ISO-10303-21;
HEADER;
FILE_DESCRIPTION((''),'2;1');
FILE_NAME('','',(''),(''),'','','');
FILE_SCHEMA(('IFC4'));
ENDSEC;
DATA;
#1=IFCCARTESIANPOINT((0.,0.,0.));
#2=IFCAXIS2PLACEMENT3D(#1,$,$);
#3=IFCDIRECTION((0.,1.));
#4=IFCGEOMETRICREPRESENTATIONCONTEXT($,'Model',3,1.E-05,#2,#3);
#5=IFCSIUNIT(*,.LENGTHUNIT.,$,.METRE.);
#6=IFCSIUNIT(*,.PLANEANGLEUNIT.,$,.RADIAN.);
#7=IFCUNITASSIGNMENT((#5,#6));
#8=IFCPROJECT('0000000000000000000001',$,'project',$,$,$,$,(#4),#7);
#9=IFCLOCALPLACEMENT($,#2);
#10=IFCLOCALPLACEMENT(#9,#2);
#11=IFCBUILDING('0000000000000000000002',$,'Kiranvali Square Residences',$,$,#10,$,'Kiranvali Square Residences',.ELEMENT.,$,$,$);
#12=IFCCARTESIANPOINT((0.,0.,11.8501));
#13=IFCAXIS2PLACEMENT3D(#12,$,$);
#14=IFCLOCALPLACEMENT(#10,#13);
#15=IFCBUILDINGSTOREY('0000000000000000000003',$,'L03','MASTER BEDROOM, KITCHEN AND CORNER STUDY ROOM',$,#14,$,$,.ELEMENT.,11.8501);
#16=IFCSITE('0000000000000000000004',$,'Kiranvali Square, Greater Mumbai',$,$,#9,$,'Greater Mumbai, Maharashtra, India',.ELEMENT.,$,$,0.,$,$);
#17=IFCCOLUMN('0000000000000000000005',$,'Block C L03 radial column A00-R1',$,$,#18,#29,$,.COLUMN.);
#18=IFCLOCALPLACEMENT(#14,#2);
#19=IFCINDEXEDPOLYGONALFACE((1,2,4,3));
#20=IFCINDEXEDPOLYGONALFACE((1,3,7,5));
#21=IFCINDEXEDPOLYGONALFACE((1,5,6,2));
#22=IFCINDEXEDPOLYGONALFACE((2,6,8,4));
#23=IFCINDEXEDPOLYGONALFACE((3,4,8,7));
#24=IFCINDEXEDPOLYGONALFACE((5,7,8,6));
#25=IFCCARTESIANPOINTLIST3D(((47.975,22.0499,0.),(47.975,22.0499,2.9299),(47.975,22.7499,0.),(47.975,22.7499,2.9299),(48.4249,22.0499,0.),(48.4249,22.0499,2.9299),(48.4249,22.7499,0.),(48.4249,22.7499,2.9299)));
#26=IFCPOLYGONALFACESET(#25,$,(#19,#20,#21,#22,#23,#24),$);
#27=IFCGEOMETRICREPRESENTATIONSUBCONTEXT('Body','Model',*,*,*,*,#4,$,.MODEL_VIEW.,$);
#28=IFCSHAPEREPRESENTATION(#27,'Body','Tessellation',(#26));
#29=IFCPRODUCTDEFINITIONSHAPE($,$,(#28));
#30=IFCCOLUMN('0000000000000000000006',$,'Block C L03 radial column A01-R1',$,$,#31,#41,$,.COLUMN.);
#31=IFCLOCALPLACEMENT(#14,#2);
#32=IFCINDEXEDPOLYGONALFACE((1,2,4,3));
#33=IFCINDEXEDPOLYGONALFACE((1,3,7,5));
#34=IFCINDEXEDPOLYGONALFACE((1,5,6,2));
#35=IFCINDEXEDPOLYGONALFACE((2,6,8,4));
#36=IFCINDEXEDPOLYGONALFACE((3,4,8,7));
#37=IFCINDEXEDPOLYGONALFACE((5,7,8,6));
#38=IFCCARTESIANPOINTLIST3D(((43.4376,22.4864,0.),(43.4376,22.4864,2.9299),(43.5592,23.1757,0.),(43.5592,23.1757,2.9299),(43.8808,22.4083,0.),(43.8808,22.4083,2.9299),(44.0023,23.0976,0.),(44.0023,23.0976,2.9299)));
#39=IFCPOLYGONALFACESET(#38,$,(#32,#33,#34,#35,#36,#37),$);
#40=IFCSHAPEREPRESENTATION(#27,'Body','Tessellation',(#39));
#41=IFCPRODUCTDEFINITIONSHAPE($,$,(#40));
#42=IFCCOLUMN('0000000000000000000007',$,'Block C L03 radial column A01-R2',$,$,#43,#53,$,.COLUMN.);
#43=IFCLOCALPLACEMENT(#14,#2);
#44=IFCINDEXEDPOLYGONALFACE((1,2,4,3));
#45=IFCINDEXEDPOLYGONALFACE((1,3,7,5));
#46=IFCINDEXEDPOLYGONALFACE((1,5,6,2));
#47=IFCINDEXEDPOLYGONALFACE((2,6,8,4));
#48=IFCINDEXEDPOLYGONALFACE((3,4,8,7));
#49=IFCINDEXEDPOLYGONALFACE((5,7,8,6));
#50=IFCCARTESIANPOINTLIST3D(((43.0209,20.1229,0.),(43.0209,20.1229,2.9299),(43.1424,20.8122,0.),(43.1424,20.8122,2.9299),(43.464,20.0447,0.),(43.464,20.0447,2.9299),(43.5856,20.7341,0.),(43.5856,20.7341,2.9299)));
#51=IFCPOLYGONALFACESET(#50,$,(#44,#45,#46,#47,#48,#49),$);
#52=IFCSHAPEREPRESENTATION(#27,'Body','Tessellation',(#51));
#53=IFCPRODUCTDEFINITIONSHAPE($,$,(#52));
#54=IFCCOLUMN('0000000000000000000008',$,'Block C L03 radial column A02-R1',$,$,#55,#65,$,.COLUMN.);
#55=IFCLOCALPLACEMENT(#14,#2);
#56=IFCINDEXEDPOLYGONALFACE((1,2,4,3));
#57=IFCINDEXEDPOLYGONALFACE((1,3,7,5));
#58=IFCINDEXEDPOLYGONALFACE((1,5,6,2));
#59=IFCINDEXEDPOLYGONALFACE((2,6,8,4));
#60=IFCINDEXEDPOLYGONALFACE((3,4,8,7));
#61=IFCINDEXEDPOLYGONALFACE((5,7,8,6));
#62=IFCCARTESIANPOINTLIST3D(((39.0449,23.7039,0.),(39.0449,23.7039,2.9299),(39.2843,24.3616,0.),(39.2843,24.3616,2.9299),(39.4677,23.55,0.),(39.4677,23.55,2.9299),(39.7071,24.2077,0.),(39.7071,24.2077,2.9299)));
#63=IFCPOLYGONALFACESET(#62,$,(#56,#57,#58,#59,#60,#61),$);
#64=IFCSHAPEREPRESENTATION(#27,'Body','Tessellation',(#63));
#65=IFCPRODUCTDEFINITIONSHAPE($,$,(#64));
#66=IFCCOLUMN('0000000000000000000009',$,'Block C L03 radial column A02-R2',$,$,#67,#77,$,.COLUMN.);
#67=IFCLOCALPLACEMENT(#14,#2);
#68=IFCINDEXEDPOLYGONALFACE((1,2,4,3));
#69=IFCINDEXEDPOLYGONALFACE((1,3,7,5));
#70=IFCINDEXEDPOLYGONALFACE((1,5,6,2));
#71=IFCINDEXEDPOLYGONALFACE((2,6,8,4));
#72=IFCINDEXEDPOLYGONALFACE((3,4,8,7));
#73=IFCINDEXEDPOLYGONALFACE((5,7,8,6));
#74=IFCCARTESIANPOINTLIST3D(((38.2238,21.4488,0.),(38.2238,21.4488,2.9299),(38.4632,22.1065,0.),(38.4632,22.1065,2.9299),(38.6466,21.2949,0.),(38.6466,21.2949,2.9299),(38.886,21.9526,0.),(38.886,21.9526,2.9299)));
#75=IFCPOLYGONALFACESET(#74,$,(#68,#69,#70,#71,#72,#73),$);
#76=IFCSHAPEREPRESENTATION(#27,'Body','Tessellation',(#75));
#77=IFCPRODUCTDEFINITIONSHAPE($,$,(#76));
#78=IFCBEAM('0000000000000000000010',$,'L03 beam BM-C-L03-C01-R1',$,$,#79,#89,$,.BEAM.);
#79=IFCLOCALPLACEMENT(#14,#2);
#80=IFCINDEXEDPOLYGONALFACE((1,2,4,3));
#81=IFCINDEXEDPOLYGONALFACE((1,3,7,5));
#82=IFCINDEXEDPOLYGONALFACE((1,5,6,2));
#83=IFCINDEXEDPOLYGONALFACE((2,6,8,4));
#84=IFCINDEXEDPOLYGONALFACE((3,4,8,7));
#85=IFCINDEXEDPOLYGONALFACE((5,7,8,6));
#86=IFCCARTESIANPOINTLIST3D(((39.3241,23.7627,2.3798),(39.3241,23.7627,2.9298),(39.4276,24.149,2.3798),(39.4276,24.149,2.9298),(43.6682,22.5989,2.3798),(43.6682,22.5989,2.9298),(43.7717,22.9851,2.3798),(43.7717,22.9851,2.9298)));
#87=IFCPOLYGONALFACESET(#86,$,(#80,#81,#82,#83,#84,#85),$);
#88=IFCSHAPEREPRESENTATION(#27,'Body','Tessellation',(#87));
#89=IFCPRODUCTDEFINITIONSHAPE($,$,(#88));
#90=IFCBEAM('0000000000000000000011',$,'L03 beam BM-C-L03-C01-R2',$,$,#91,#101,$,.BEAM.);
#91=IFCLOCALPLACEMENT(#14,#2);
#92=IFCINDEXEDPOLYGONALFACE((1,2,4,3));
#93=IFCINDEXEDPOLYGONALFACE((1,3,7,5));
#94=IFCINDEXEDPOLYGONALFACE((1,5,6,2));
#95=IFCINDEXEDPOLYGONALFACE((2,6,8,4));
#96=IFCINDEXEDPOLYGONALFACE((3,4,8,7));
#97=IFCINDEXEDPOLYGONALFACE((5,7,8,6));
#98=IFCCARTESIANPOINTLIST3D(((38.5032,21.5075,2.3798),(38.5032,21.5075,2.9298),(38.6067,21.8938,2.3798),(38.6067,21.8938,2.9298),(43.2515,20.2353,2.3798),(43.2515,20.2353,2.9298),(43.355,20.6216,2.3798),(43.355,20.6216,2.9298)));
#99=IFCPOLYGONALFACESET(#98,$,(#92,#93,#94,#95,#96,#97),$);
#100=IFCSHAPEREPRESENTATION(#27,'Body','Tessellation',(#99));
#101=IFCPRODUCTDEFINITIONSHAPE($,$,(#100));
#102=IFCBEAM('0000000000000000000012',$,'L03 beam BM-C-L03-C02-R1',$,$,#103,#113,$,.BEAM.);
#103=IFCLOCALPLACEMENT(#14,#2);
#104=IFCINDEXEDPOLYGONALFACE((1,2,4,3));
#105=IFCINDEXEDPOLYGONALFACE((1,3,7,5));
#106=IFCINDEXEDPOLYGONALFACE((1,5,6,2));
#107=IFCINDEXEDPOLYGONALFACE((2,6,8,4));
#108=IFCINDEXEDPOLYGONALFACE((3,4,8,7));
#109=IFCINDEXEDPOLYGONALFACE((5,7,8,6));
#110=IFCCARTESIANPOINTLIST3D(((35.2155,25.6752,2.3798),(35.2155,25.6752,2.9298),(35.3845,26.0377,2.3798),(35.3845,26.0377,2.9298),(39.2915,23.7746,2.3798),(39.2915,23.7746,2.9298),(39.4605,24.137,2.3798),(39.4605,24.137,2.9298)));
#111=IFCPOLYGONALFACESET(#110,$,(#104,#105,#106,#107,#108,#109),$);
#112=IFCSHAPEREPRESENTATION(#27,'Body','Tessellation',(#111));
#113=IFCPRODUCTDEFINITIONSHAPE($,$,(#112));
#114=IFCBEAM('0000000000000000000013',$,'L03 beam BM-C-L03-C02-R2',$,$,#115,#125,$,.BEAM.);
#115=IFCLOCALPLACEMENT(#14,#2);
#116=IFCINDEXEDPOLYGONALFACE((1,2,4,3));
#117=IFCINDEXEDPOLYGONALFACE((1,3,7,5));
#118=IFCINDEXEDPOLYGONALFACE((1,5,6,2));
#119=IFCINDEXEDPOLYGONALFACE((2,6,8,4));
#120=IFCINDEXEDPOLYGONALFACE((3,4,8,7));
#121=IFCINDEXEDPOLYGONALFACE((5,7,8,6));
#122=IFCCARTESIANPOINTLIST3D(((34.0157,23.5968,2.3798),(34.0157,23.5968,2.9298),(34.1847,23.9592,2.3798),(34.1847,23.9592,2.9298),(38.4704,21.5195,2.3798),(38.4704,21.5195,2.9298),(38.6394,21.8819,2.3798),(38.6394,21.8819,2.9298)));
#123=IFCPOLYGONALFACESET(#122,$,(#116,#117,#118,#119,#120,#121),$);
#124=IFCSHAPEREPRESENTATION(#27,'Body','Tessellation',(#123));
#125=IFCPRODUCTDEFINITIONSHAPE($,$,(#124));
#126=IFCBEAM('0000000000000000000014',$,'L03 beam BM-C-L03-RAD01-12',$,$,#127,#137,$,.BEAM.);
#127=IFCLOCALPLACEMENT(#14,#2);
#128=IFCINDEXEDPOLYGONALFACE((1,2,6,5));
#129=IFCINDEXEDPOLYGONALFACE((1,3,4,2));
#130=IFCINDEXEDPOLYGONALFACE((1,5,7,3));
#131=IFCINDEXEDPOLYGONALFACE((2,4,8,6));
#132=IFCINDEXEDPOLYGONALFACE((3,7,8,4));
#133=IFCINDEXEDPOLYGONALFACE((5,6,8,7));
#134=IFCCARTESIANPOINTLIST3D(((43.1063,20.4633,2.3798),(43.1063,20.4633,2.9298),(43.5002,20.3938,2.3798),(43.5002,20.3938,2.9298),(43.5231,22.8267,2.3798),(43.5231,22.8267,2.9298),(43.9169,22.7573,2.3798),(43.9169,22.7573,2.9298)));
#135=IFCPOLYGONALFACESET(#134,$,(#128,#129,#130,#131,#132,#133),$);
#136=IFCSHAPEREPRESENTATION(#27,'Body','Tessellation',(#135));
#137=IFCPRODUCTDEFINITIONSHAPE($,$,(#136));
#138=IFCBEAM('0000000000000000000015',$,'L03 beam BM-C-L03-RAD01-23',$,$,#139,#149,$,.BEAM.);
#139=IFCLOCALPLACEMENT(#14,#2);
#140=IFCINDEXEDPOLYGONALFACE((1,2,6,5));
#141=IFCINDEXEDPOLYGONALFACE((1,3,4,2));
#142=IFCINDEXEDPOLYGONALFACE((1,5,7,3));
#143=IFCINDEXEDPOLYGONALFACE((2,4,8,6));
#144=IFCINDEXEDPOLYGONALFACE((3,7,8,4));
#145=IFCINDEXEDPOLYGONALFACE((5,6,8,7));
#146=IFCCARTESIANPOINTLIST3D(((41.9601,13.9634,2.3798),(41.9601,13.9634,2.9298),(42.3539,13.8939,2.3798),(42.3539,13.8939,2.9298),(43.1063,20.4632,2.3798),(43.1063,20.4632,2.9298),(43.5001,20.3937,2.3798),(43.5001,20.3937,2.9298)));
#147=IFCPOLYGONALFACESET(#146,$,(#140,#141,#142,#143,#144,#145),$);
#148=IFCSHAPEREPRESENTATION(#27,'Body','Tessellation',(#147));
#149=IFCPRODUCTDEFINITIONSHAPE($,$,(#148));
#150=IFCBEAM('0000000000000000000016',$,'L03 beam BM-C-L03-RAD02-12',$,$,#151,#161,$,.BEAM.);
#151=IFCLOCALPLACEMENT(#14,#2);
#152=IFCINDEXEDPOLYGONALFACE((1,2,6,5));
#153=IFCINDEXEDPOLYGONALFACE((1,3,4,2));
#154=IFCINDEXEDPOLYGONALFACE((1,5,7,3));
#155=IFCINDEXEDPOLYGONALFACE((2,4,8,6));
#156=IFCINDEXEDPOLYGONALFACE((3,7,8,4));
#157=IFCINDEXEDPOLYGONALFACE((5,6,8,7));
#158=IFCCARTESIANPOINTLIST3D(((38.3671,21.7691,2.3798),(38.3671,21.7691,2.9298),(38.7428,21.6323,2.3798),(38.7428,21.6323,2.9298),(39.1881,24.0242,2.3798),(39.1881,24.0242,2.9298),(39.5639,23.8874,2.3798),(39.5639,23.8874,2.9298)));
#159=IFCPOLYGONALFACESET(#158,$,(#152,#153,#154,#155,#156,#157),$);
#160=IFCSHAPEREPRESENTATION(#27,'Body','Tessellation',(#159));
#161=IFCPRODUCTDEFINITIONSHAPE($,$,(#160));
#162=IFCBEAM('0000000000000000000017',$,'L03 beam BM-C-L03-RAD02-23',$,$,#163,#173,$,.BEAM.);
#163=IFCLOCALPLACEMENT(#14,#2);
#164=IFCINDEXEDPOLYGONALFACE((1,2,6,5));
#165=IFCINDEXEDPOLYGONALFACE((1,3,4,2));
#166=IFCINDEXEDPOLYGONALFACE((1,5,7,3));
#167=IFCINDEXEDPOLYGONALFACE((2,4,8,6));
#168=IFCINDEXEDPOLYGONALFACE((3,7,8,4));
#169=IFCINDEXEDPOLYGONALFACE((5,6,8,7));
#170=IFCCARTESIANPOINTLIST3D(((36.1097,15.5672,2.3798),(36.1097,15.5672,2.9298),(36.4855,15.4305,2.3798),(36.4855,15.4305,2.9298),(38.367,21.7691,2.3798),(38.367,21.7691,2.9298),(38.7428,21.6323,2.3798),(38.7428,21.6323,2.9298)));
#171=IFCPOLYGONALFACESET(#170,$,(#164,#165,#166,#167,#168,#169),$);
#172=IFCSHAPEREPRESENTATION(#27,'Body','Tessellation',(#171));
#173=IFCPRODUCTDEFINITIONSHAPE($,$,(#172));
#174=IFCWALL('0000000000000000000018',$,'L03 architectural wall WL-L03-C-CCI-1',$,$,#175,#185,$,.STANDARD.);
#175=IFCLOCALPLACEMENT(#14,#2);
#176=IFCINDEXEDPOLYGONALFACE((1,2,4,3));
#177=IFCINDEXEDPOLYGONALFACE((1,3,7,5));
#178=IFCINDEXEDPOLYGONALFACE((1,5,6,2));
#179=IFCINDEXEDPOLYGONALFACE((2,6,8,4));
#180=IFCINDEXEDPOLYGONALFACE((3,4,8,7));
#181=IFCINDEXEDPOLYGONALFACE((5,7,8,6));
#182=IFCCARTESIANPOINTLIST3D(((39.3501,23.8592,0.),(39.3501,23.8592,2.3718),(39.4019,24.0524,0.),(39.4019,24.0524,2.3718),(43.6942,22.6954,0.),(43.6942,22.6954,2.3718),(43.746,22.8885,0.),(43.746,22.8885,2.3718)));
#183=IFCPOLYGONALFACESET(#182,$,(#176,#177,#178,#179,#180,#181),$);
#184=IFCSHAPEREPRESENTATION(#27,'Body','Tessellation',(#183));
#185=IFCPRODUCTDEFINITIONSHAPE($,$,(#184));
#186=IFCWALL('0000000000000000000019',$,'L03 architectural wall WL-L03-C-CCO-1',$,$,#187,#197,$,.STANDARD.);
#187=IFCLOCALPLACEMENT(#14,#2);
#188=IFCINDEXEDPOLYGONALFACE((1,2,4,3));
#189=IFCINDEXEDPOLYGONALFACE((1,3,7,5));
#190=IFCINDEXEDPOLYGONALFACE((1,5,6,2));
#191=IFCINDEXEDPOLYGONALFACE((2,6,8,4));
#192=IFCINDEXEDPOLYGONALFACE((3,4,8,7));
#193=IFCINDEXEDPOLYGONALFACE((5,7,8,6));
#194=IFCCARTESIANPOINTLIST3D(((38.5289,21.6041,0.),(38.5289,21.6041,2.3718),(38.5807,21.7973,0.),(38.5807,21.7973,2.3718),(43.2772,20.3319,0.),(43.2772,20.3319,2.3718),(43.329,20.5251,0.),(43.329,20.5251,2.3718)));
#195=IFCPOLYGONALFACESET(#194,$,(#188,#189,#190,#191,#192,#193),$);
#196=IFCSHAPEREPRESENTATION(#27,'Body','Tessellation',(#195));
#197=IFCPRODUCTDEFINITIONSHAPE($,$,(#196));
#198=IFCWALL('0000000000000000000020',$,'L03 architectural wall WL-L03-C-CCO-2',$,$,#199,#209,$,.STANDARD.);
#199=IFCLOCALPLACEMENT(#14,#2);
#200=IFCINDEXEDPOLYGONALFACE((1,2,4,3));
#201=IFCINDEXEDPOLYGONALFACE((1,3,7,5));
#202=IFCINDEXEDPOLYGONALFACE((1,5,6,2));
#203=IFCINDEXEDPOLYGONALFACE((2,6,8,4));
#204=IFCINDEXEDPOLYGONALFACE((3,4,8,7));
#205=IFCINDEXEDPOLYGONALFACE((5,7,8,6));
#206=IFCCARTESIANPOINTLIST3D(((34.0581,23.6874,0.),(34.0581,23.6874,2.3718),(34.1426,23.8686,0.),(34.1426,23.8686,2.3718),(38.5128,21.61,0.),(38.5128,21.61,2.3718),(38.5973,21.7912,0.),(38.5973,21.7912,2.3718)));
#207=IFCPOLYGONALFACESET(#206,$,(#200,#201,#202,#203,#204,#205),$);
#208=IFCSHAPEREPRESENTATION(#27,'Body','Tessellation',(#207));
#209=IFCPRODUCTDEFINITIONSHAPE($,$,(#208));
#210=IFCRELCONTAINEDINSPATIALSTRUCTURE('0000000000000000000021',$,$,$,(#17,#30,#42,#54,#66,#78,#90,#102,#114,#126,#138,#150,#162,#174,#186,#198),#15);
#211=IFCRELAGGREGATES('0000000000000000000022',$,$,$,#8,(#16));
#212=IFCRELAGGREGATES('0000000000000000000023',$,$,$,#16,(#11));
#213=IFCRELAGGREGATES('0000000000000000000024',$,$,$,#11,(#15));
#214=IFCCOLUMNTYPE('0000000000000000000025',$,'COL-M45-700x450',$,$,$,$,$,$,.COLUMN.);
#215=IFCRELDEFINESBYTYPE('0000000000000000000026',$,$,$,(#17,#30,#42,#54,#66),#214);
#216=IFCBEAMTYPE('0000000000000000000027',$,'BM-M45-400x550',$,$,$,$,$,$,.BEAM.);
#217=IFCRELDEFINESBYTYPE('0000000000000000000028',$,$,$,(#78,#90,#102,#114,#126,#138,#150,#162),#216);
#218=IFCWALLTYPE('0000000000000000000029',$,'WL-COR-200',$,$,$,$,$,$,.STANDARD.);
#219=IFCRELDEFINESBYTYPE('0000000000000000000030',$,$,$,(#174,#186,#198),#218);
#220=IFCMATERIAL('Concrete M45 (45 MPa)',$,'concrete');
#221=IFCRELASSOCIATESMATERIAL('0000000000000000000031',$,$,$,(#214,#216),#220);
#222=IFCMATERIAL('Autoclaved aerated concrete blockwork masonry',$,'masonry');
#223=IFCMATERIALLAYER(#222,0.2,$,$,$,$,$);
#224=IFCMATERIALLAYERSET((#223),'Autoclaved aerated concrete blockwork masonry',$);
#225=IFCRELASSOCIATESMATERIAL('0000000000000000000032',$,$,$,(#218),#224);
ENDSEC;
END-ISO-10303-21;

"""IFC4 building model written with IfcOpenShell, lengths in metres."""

from ifc_helpers import new_model, si_unit, direction, frame, frame_2d, origin, origin_2d, place, context, subcontext, project, spatial, rectangle, extrude, material, layer, layer_set, material_profile, profile_set, type_object, element, save


model = new_model("IFC4")

# Units and contexts
model_context = context("Model", 3, precision=1e-05, world=origin(), true_north=direction((0.0, 1.0)))
body_context = subcontext(model_context, "Body", "Model", "MODEL_VIEW")
ifc_project = project(units=[si_unit("LENGTHUNIT", "METRE"), si_unit("PLANEANGLEUNIT", "RADIAN")], contexts=[model_context])

# Site, building, storey
site_placement = place(None, origin())
site = spatial("IfcSite", under=ifc_project, at=site_placement, Name="Kiranvali Square, Greater Mumbai", LongName="Greater Mumbai, Maharashtra, India", CompositionType="ELEMENT", RefElevation=0.0)
building_placement = place(site_placement, origin())
building = spatial("IfcBuilding", under=site, at=building_placement, Name="Kiranvali Square Residences", LongName="Kiranvali Square Residences", CompositionType="ELEMENT")
storey_placement = place(building_placement, frame((0.0, 0.0, 11.8501)))
storey = spatial("IfcBuildingStorey", under=building, at=storey_placement, Name="L03", Description="MASTER BEDROOM, KITCHEN AND CORNER STUDY ROOM", CompositionType="ELEMENT", Elevation=11.8501)

# Columns
ifc_material_1 = material(Name="Concrete M45 (45 MPa)", Category="concrete")
ifc_material_profile_1 = material_profile(ifc_material_1, rectangle(XDim=0.45, YDim=0.7, at=origin_2d()), Name="RC 700x450")
ifc_profile_set_1 = profile_set([ifc_material_profile_1], Name="Concrete M45 (45 MPa)")
column_type = type_object("IfcColumnType", Name="COL-M45-700x450", PredefinedType="COLUMN", material=ifc_profile_set_1)
for number, where, z_axis, x_axis, name in (
    (1, (48.2, 22.3999, 0.0), (0.0, 0.0, 1.0), (1.0, 0.0, 0.0), "Block C L03 radial column A00-R1"),
    (2, (43.72, 22.792, 0.0), (0.0, 0.0, 1.0), (-0.984808, 0.173648, 0.0), "Block C L03 radial column A01-R1"),
    (3, (43.3032, 20.4285, 0.0), (0.0, 0.0, 1.0), (-0.984808, 0.173648, 0.0), "Block C L03 radial column A01-R2"),
    (4, (39.376, 23.9558, 0.0), (0.0, 0.0, 1.0), (-0.939693, 0.34202, 0.0), "Block C L03 radial column A02-R1"),
    (5, (38.5549, 21.7007, 0.0), (0.0, 0.0, 1.0), (-0.939693, 0.34202, 0.0), "Block C L03 radial column A02-R2"),
):
    element("IfcColumn", number, at=place(storey_placement, frame(where, z_axis=z_axis, x_axis=x_axis)), inside=storey, type_object=column_type, Name=name, PredefinedType="COLUMN", context=body_context, shape_type="SweptSolid", body=[
        extrude(rectangle(XDim=0.45, YDim=0.7, at=origin_2d()), origin(), (0.0, 0.0, 1.0), 2.9299),
    ])

# Beams
ifc_material_profile_2 = material_profile(ifc_material_1, rectangle(XDim=0.3999, YDim=0.55, at=origin_2d()), Name="RC 400x550")
ifc_profile_set_2 = profile_set([ifc_material_profile_2], Name="Concrete M45 (45 MPa)")
beam_type = type_object("IfcBeamType", Name="BM-M45-400x550", PredefinedType="BEAM", material=ifc_profile_set_2)
beam_1_placement = place(storey_placement, frame((43.72, 22.792, 2.6548), z_axis=(-0.965934, 0.258788, 0.0), x_axis=(-0.258788, -0.965934, 0.0)))
element("IfcBeam", 6, at=beam_1_placement, inside=storey, type_object=beam_type, Name="L03 beam BM-C-L03-C01-R1", PredefinedType="BEAM", context=body_context, shape_type="SweptSolid", body=[
    extrude(rectangle(XDim=0.3999, YDim=0.55, at=origin_2d()), origin(), (0.0, 0.0, 1.0), 4.4973),
])
beam_2_placement = place(storey_placement, frame((43.3032, 20.4285, 2.6548), z_axis=(-0.96593, 0.258803, 0.0), x_axis=(-0.258803, -0.96593, 0.0)))
element("IfcBeam", 7, at=beam_2_placement, inside=storey, type_object=beam_type, Name="L03 beam BM-C-L03-C01-R2", PredefinedType="BEAM", context=body_context, shape_type="SweptSolid", body=[
    extrude(rectangle(XDim=0.3999, YDim=0.55, at=origin_2d()), origin(), (0.0, 0.0, 1.0), 4.9158),
])
beam_3_placement = place(storey_placement, frame((39.376, 23.9558, 2.6548), z_axis=(-0.906308, 0.422618, 0.0), x_axis=(-0.422618, -0.906308, 0.0)))
element("IfcBeam", 8, at=beam_3_placement, inside=storey, type_object=beam_type, Name="L03 beam BM-C-L03-C02-R1", PredefinedType="BEAM", context=body_context, shape_type="SweptSolid", body=[
    extrude(rectangle(XDim=0.3999, YDim=0.55, at=origin_2d()), origin(), (0.0, 0.0, 1.0), 4.4973),
])
beam_4_placement = place(storey_placement, frame((38.5549, 21.7007, 2.6548), z_axis=(-0.906302, 0.42263, 0.0), x_axis=(-0.42263, -0.906302, 0.0)))
element("IfcBeam", 9, at=beam_4_placement, inside=storey, type_object=beam_type, Name="L03 beam BM-C-L03-C02-R2", PredefinedType="BEAM", context=body_context, shape_type="SweptSolid", body=[
    extrude(rectangle(XDim=0.3999, YDim=0.55, at=origin_2d()), origin(), (0.0, 0.0, 1.0), 4.9153),
])
beam_5_placement = place(storey_placement, frame((43.72, 22.792, 2.6548), z_axis=(-0.173646, -0.984808, 0.0), x_axis=(0.984808, -0.173646, 0.0)))
element("IfcBeam", 10, at=beam_5_placement, inside=storey, type_object=beam_type, Name="L03 beam BM-C-L03-RAD01-12", PredefinedType="BEAM", context=body_context, shape_type="SweptSolid", body=[
    extrude(rectangle(XDim=0.3999, YDim=0.55, at=origin_2d()), origin(), (0.0, 0.0, 1.0), 2.3999),
])
beam_6_placement = place(storey_placement, frame((43.3032, 20.4285, 2.6548), z_axis=(-0.173671, -0.984804, 0.0), x_axis=(0.984804, -0.173671, 0.0)))
element("IfcBeam", 11, at=beam_6_placement, inside=storey, type_object=beam_type, Name="L03 beam BM-C-L03-RAD01-23", PredefinedType="BEAM", context=body_context, shape_type="SweptSolid", body=[
    extrude(rectangle(XDim=0.3999, YDim=0.55, at=origin_2d()), origin(), (0.0, 0.0, 1.0), 6.6001),
])
beam_7_placement = place(storey_placement, frame((39.376, 23.9558, 2.6548), z_axis=(-0.342111, -0.93966, 0.0), x_axis=(0.93966, -0.342111, 0.0)))
element("IfcBeam", 12, at=beam_7_placement, inside=storey, type_object=beam_type, Name="L03 beam BM-C-L03-RAD02-12", PredefinedType="BEAM", context=body_context, shape_type="SweptSolid", body=[
    extrude(rectangle(XDim=0.3999, YDim=0.55, at=origin_2d()), origin(), (0.0, 0.0, 1.0), 2.3999),
])
beam_8_placement = place(storey_placement, frame((38.5549, 21.7007, 2.6548), z_axis=(-0.342022, -0.939692, 0.0), x_axis=(0.939692, -0.342022, 0.0)))
element("IfcBeam", 13, at=beam_8_placement, inside=storey, type_object=beam_type, Name="L03 beam BM-C-L03-RAD02-23", PredefinedType="BEAM", context=body_context, shape_type="SweptSolid", body=[
    extrude(rectangle(XDim=0.3999, YDim=0.55, at=origin_2d()), origin(), (0.0, 0.0, 1.0), 6.5999),
])

# Walls
ifc_material_2 = material(Name="Autoclaved aerated concrete blockwork masonry", Category="masonry")
ifc_layer_1 = layer(ifc_material_2, 0.2)
ifc_layer_set_1 = layer_set([ifc_layer_1], Name="Autoclaved aerated concrete blockwork masonry")
wall_type_1 = type_object("IfcWallType", Name="WL-COR-200", PredefinedType="STANDARD", material=ifc_layer_set_1)
wall_1_placement = place(storey_placement, frame((43.72, 22.792, 0.0), z_axis=(0.0, 0.0, 1.0), x_axis=(-0.965934, 0.258788, 0.0)))
element("IfcWall", 14, at=wall_1_placement, inside=storey, type_object=wall_type_1, Name="L03 architectural wall WL-L03-C-CCI-1", PredefinedType="STANDARD", context=body_context, shape_type="SweptSolid", body=[
    extrude(rectangle(XDim=4.4973, YDim=0.2, at=frame_2d((2.2485, 0.0))), origin(), (0.0, 0.0, 1.0), 2.3718),
])
wall_2_placement = place(storey_placement, frame((43.3032, 20.4285, 0.0), z_axis=(0.0, 0.0, 1.0), x_axis=(-0.96593, 0.258803, 0.0)))
element("IfcWall", 15, at=wall_2_placement, inside=storey, type_object=wall_type_1, Name="L03 architectural wall WL-L03-C-CCO-1", PredefinedType="STANDARD", context=body_context, shape_type="SweptSolid", body=[
    extrude(rectangle(XDim=4.9158, YDim=0.2, at=frame_2d((2.458, 0.0))), origin(), (0.0, 0.0, 1.0), 2.3718),
])

# Wall
wall_3_placement = place(storey_placement, frame((38.5549, 21.7007, 0.0), z_axis=(0.0, 0.0, 1.0), x_axis=(-0.906302, 0.42263, 0.0)))
element("IfcWall", 16, at=wall_3_placement, inside=storey, type_object=wall_type_1, Name="L03 architectural wall WL-L03-C-CCO-2", PredefinedType="STANDARD", context=body_context, shape_type="SweptSolid", body=[
    extrude(rectangle(XDim=4.9153, YDim=0.2, at=frame_2d((2.4575, 0.0))), origin(), (0.0, 0.0, 1.0), 2.3718),
])

save(model, "model.ifc")
